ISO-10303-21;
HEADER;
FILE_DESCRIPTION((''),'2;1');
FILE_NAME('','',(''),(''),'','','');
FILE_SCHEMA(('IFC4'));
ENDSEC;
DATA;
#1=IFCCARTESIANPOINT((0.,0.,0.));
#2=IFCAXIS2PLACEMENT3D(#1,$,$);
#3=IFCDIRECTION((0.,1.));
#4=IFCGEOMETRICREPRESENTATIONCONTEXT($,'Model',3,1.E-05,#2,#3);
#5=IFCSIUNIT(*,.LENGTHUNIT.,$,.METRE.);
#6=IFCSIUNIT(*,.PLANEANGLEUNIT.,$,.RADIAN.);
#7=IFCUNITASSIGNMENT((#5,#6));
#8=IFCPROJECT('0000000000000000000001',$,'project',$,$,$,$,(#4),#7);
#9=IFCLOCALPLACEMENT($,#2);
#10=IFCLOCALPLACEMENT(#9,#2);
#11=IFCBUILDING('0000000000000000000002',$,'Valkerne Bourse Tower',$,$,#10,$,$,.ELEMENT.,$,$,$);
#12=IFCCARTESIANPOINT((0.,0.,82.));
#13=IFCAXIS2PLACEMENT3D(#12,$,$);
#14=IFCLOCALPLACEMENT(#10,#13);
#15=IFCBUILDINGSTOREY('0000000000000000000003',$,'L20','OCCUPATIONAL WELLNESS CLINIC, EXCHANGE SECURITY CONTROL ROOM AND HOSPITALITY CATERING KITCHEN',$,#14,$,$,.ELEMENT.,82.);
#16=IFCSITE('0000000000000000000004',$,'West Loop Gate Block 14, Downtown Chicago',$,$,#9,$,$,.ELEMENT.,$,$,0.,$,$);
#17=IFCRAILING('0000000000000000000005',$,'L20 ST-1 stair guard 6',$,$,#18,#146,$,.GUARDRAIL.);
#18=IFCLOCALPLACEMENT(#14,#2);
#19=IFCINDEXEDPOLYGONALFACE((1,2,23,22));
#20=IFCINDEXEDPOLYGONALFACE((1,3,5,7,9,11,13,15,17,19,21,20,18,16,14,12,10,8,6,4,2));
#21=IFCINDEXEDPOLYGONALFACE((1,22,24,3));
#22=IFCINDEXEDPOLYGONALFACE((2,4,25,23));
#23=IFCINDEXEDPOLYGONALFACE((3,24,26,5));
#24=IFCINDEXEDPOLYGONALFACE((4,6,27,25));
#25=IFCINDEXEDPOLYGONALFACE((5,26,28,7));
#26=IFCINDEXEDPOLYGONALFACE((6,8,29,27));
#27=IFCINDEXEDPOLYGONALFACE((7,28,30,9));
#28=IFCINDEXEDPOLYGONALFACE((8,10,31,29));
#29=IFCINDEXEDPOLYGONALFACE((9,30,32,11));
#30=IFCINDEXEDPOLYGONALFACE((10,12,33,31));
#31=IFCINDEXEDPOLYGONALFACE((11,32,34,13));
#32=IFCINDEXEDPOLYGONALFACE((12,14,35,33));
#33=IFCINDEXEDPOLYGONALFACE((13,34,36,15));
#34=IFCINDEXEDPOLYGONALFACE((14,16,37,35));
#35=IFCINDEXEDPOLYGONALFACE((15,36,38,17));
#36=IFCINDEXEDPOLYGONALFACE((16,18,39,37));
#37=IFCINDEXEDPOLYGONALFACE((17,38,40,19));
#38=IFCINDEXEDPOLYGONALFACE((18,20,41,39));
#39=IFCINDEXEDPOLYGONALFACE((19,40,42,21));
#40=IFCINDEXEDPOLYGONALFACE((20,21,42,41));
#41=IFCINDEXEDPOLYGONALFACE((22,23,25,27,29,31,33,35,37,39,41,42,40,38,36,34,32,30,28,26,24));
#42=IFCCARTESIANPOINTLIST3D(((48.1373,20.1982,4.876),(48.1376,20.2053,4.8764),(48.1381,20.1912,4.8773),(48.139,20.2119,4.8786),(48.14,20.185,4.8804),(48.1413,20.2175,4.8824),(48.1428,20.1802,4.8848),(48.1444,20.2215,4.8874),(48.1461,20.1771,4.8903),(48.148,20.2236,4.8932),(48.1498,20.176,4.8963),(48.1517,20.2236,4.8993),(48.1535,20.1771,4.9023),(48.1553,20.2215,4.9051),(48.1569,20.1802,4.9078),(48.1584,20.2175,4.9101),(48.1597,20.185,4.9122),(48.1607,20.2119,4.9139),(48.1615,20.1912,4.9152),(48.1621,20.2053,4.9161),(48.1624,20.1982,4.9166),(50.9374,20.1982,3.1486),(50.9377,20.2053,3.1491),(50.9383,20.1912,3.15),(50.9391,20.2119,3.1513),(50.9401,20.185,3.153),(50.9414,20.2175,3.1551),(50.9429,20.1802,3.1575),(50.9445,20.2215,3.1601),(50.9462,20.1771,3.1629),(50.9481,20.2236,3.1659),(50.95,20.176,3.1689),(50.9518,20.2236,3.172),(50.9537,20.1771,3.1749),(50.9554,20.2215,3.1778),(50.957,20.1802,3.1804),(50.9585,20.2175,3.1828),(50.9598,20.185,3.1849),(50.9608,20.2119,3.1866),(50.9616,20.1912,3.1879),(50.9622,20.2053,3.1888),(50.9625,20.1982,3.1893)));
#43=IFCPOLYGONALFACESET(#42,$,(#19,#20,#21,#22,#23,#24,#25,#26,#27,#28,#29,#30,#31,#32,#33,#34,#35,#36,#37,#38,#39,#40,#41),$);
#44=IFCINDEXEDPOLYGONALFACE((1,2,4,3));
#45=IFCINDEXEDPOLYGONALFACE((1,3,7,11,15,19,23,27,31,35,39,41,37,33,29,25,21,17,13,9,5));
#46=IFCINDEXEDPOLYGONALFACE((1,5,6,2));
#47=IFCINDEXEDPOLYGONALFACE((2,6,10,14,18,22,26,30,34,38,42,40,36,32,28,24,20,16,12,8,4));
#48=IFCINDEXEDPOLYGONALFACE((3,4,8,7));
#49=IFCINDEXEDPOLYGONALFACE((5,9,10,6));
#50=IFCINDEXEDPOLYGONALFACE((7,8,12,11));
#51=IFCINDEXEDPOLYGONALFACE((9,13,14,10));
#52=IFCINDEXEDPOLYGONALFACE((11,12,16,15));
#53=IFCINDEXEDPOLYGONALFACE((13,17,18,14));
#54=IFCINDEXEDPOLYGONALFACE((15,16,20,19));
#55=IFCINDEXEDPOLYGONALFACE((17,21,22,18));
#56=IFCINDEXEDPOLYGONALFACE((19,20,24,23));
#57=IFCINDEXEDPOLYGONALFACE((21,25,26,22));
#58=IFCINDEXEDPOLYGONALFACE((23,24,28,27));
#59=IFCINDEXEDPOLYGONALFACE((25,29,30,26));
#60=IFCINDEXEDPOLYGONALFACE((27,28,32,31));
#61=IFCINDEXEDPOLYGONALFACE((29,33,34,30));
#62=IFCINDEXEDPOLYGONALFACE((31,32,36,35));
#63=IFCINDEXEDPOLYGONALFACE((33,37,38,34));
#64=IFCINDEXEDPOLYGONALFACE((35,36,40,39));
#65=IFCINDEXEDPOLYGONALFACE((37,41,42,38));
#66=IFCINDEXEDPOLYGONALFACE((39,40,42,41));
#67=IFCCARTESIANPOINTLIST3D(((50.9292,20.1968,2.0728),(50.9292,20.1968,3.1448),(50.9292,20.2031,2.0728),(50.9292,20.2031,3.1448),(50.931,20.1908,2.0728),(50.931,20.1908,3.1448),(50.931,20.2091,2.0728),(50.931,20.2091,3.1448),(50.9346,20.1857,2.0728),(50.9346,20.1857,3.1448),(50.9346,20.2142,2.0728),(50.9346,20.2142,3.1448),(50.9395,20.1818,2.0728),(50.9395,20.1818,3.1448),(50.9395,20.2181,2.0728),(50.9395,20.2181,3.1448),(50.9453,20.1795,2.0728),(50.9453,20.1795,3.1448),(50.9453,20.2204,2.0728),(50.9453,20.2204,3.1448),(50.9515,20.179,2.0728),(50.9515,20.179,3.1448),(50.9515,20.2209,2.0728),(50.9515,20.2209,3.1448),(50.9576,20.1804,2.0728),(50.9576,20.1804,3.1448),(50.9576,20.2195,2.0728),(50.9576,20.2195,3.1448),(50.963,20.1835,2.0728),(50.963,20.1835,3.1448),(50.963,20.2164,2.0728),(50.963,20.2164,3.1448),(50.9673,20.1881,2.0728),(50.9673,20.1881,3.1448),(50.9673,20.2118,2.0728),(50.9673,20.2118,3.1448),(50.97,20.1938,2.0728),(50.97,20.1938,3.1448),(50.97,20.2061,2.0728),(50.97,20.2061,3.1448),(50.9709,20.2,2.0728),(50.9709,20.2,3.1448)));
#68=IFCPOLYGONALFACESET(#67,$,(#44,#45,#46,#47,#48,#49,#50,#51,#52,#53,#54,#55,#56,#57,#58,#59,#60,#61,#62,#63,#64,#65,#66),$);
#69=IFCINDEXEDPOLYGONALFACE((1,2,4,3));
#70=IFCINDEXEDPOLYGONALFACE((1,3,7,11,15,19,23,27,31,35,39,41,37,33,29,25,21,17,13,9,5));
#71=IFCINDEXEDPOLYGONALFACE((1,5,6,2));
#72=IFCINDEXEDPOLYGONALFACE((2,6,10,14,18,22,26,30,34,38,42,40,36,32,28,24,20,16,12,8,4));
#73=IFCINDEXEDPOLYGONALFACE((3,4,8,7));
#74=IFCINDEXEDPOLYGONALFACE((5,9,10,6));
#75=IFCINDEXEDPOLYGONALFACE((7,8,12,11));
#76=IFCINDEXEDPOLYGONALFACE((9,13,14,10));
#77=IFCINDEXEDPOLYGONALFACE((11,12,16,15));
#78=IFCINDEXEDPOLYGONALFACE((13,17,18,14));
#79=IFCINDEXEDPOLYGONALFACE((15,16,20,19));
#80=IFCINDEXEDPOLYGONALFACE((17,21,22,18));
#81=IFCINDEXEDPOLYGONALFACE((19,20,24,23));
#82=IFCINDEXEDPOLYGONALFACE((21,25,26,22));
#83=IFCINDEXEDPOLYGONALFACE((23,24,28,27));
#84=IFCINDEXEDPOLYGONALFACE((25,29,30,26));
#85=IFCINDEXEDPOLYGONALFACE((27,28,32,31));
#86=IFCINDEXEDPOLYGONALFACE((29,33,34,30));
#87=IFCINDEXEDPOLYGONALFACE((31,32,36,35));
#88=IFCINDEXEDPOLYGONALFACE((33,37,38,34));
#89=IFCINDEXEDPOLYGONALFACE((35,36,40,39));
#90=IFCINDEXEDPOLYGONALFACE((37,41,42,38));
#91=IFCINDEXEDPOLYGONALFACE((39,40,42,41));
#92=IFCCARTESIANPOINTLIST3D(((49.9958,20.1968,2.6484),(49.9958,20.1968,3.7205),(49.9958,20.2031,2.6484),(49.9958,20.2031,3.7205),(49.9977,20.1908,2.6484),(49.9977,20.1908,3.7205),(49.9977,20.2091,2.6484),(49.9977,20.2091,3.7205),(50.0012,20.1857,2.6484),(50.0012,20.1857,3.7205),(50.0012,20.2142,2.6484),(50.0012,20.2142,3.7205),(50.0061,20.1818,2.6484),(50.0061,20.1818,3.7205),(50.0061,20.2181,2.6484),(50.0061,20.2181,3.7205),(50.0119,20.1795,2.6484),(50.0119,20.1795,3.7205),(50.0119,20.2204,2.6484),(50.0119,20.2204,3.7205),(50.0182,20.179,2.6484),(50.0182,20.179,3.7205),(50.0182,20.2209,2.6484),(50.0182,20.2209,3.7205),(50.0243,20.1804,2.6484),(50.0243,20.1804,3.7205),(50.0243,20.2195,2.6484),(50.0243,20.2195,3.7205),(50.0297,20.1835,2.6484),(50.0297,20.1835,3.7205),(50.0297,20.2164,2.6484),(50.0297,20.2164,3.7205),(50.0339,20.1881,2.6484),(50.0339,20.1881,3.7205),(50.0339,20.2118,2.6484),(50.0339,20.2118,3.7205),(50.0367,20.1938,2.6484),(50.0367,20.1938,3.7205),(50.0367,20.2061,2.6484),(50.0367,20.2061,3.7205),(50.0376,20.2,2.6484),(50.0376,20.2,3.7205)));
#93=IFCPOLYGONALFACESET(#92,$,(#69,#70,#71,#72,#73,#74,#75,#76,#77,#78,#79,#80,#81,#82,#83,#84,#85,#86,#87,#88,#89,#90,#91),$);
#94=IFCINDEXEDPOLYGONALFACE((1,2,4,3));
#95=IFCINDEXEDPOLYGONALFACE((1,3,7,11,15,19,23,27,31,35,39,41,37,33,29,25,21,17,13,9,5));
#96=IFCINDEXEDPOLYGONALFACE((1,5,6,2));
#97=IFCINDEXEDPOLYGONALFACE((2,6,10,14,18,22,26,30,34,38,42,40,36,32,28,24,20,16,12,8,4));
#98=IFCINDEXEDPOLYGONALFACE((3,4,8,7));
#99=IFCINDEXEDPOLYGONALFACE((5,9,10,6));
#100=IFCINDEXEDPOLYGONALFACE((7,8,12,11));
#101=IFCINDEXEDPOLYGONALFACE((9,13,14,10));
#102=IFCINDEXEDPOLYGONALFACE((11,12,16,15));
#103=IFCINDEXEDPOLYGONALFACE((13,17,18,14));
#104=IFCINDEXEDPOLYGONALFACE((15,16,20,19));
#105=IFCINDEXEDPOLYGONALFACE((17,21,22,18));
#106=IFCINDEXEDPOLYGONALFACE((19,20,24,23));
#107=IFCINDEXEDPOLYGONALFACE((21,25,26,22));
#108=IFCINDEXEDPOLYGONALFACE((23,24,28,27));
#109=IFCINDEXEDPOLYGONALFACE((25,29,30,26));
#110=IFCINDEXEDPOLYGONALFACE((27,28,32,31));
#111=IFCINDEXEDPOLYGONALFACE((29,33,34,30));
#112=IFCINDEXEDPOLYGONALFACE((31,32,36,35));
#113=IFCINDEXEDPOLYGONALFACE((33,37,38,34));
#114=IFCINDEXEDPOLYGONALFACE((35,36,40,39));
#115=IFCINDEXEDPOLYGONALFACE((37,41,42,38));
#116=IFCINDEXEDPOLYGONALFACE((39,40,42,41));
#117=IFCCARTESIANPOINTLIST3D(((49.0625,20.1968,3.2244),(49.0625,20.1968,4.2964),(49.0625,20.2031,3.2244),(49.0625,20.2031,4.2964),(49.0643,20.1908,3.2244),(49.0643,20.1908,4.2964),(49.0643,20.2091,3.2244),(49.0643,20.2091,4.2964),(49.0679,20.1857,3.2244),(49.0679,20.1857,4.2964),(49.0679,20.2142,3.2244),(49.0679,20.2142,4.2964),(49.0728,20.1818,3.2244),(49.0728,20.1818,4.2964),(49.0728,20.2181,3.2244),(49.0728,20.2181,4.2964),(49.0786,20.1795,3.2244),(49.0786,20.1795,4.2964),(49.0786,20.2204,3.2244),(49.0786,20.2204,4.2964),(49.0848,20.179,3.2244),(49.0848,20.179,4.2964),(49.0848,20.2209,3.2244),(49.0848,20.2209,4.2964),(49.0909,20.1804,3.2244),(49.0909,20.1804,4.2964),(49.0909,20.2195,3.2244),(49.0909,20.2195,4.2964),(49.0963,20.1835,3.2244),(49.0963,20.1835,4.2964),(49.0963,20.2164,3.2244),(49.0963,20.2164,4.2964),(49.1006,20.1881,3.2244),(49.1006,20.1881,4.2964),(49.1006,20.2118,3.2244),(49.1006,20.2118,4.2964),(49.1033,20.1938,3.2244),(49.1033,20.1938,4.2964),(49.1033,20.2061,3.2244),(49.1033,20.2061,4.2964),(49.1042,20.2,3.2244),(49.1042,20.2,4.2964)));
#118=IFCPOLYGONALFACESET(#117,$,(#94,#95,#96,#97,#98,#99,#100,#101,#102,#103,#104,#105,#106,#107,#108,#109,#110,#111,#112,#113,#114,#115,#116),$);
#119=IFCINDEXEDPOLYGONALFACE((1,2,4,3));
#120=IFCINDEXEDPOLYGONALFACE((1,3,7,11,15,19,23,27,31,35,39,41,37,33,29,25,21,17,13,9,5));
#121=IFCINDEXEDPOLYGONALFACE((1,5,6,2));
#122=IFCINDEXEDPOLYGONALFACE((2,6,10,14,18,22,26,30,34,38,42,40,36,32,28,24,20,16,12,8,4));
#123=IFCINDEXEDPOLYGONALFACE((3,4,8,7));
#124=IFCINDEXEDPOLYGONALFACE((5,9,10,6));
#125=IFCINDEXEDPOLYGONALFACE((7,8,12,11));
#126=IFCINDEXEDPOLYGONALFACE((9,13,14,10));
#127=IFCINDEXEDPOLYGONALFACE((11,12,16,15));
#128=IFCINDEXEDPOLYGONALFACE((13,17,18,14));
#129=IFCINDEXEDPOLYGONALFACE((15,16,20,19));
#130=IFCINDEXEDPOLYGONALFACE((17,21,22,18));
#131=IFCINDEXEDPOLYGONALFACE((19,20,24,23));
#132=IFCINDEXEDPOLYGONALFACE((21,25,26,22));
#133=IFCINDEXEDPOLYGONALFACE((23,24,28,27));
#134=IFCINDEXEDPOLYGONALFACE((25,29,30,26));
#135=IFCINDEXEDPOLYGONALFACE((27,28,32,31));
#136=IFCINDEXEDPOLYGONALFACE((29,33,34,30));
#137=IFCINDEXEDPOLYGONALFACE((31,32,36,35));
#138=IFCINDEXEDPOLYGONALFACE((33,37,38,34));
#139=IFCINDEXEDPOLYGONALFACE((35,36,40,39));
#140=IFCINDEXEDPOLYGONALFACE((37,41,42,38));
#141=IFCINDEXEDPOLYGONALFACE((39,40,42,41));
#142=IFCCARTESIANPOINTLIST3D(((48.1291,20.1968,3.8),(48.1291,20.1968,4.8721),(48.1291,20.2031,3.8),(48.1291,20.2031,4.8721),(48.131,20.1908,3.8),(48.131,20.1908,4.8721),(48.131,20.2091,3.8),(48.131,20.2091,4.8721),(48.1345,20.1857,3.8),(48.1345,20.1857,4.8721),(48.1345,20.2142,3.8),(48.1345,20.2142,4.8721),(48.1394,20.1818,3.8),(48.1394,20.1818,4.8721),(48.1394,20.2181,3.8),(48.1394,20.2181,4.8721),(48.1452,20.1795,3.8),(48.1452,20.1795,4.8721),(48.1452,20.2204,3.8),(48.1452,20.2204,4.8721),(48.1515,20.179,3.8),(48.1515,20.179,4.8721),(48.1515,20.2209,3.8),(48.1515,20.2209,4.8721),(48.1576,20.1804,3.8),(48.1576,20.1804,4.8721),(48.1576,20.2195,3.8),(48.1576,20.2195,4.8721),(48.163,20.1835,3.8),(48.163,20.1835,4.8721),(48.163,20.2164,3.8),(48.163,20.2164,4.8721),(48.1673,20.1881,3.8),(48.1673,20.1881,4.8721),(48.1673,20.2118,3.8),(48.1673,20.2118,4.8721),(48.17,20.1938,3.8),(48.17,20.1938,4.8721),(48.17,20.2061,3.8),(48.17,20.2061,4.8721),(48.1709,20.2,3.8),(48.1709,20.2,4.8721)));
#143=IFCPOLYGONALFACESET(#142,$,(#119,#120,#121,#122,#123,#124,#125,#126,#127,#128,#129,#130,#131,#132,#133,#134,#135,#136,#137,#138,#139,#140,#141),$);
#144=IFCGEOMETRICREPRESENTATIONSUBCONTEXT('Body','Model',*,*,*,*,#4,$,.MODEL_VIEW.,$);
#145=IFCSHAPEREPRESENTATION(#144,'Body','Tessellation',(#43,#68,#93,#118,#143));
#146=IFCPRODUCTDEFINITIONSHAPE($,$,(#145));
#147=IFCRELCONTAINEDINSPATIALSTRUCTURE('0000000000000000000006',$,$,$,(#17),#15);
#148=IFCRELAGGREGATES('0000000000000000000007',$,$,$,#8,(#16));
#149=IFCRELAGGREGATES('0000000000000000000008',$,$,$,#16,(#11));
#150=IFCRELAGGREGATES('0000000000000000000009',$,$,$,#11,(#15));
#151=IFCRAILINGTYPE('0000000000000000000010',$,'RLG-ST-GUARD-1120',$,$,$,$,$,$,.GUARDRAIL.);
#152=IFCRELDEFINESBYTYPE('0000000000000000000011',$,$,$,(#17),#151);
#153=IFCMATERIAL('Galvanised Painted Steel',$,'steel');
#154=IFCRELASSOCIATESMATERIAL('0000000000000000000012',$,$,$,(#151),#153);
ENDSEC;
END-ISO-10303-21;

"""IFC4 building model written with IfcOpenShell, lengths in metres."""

from ifc_helpers import new_model, si_unit, direction, frame, origin, origin_2d, place, context, subcontext, project, spatial, circle, extrude, material, type_object, element, save


model = new_model("IFC4")

# Units and contexts
model_context = context("Model", 3, precision=1e-05, world=origin(), true_north=direction((0.0, 1.0)))
body_context = subcontext(model_context, "Body", "Model", "MODEL_VIEW")
ifc_project = project(units=[si_unit("LENGTHUNIT", "METRE"), si_unit("PLANEANGLEUNIT", "RADIAN")], contexts=[model_context])

# Site, building, storey
site_placement = place(None, origin())
site = spatial("IfcSite", under=ifc_project, at=site_placement, Name="West Loop Gate Block 14, Downtown Chicago", CompositionType="ELEMENT", RefElevation=0.0)
building_placement = place(site_placement, origin())
building = spatial("IfcBuilding", under=site, at=building_placement, Name="Valkerne Bourse Tower", CompositionType="ELEMENT")
storey_placement = place(building_placement, frame((0.0, 0.0, 82.0)))
storey = spatial("IfcBuildingStorey", under=building, at=storey_placement, Name="L20", Description="OCCUPATIONAL WELLNESS CLINIC, EXCHANGE SECURITY CONTROL ROOM AND HOSPITALITY CATERING KITCHEN", CompositionType="ELEMENT", Elevation=82.0)

# Shared definitions
ifc_material_1 = material(Name="Galvanised Painted Steel", Category="steel")

# Railing
railing_type_1 = type_object("IfcRailingType", Name="RLG-ST-GUARD-1120", PredefinedType="GUARDRAIL", material=ifc_material_1)
railing_1_placement = place(storey_placement, frame((50.95, 20.2, 2.0728)))
element("IfcRailing", 1, at=railing_1_placement, inside=storey, type_object=railing_type_1, Name="L20 ST-1 stair guard 6", PredefinedType="GUARDRAIL", context=body_context, shape_type="SweptSolid", body=[
    extrude(circle(Radius=0.0239, at=origin_2d()), frame((0.0, 0.0, 1.0962), z_axis=(-0.85109, 0.0, 0.52502), x_axis=(0.0, -1.0, 0.0)), (0.0, 0.0, 1.0), 3.29),
    extrude(circle(Radius=0.021, at=origin_2d()), origin(), (0.0, 0.0, 1.0), 1.072),
    extrude(circle(Radius=0.021, at=origin_2d()), frame((-0.9333, 0.0, 0.5757)), (0.0, 0.0, 1.0), 1.072),
    extrude(circle(Radius=0.021, at=origin_2d()), frame((-1.8667, 0.0, 1.1516)), (0.0, 0.0, 1.0), 1.072),
    extrude(circle(Radius=0.021, at=origin_2d()), frame((-2.8, 0.0, 1.7273)), (0.0, 0.0, 1.0), 1.072),
])

save(model, "model.ifc")
